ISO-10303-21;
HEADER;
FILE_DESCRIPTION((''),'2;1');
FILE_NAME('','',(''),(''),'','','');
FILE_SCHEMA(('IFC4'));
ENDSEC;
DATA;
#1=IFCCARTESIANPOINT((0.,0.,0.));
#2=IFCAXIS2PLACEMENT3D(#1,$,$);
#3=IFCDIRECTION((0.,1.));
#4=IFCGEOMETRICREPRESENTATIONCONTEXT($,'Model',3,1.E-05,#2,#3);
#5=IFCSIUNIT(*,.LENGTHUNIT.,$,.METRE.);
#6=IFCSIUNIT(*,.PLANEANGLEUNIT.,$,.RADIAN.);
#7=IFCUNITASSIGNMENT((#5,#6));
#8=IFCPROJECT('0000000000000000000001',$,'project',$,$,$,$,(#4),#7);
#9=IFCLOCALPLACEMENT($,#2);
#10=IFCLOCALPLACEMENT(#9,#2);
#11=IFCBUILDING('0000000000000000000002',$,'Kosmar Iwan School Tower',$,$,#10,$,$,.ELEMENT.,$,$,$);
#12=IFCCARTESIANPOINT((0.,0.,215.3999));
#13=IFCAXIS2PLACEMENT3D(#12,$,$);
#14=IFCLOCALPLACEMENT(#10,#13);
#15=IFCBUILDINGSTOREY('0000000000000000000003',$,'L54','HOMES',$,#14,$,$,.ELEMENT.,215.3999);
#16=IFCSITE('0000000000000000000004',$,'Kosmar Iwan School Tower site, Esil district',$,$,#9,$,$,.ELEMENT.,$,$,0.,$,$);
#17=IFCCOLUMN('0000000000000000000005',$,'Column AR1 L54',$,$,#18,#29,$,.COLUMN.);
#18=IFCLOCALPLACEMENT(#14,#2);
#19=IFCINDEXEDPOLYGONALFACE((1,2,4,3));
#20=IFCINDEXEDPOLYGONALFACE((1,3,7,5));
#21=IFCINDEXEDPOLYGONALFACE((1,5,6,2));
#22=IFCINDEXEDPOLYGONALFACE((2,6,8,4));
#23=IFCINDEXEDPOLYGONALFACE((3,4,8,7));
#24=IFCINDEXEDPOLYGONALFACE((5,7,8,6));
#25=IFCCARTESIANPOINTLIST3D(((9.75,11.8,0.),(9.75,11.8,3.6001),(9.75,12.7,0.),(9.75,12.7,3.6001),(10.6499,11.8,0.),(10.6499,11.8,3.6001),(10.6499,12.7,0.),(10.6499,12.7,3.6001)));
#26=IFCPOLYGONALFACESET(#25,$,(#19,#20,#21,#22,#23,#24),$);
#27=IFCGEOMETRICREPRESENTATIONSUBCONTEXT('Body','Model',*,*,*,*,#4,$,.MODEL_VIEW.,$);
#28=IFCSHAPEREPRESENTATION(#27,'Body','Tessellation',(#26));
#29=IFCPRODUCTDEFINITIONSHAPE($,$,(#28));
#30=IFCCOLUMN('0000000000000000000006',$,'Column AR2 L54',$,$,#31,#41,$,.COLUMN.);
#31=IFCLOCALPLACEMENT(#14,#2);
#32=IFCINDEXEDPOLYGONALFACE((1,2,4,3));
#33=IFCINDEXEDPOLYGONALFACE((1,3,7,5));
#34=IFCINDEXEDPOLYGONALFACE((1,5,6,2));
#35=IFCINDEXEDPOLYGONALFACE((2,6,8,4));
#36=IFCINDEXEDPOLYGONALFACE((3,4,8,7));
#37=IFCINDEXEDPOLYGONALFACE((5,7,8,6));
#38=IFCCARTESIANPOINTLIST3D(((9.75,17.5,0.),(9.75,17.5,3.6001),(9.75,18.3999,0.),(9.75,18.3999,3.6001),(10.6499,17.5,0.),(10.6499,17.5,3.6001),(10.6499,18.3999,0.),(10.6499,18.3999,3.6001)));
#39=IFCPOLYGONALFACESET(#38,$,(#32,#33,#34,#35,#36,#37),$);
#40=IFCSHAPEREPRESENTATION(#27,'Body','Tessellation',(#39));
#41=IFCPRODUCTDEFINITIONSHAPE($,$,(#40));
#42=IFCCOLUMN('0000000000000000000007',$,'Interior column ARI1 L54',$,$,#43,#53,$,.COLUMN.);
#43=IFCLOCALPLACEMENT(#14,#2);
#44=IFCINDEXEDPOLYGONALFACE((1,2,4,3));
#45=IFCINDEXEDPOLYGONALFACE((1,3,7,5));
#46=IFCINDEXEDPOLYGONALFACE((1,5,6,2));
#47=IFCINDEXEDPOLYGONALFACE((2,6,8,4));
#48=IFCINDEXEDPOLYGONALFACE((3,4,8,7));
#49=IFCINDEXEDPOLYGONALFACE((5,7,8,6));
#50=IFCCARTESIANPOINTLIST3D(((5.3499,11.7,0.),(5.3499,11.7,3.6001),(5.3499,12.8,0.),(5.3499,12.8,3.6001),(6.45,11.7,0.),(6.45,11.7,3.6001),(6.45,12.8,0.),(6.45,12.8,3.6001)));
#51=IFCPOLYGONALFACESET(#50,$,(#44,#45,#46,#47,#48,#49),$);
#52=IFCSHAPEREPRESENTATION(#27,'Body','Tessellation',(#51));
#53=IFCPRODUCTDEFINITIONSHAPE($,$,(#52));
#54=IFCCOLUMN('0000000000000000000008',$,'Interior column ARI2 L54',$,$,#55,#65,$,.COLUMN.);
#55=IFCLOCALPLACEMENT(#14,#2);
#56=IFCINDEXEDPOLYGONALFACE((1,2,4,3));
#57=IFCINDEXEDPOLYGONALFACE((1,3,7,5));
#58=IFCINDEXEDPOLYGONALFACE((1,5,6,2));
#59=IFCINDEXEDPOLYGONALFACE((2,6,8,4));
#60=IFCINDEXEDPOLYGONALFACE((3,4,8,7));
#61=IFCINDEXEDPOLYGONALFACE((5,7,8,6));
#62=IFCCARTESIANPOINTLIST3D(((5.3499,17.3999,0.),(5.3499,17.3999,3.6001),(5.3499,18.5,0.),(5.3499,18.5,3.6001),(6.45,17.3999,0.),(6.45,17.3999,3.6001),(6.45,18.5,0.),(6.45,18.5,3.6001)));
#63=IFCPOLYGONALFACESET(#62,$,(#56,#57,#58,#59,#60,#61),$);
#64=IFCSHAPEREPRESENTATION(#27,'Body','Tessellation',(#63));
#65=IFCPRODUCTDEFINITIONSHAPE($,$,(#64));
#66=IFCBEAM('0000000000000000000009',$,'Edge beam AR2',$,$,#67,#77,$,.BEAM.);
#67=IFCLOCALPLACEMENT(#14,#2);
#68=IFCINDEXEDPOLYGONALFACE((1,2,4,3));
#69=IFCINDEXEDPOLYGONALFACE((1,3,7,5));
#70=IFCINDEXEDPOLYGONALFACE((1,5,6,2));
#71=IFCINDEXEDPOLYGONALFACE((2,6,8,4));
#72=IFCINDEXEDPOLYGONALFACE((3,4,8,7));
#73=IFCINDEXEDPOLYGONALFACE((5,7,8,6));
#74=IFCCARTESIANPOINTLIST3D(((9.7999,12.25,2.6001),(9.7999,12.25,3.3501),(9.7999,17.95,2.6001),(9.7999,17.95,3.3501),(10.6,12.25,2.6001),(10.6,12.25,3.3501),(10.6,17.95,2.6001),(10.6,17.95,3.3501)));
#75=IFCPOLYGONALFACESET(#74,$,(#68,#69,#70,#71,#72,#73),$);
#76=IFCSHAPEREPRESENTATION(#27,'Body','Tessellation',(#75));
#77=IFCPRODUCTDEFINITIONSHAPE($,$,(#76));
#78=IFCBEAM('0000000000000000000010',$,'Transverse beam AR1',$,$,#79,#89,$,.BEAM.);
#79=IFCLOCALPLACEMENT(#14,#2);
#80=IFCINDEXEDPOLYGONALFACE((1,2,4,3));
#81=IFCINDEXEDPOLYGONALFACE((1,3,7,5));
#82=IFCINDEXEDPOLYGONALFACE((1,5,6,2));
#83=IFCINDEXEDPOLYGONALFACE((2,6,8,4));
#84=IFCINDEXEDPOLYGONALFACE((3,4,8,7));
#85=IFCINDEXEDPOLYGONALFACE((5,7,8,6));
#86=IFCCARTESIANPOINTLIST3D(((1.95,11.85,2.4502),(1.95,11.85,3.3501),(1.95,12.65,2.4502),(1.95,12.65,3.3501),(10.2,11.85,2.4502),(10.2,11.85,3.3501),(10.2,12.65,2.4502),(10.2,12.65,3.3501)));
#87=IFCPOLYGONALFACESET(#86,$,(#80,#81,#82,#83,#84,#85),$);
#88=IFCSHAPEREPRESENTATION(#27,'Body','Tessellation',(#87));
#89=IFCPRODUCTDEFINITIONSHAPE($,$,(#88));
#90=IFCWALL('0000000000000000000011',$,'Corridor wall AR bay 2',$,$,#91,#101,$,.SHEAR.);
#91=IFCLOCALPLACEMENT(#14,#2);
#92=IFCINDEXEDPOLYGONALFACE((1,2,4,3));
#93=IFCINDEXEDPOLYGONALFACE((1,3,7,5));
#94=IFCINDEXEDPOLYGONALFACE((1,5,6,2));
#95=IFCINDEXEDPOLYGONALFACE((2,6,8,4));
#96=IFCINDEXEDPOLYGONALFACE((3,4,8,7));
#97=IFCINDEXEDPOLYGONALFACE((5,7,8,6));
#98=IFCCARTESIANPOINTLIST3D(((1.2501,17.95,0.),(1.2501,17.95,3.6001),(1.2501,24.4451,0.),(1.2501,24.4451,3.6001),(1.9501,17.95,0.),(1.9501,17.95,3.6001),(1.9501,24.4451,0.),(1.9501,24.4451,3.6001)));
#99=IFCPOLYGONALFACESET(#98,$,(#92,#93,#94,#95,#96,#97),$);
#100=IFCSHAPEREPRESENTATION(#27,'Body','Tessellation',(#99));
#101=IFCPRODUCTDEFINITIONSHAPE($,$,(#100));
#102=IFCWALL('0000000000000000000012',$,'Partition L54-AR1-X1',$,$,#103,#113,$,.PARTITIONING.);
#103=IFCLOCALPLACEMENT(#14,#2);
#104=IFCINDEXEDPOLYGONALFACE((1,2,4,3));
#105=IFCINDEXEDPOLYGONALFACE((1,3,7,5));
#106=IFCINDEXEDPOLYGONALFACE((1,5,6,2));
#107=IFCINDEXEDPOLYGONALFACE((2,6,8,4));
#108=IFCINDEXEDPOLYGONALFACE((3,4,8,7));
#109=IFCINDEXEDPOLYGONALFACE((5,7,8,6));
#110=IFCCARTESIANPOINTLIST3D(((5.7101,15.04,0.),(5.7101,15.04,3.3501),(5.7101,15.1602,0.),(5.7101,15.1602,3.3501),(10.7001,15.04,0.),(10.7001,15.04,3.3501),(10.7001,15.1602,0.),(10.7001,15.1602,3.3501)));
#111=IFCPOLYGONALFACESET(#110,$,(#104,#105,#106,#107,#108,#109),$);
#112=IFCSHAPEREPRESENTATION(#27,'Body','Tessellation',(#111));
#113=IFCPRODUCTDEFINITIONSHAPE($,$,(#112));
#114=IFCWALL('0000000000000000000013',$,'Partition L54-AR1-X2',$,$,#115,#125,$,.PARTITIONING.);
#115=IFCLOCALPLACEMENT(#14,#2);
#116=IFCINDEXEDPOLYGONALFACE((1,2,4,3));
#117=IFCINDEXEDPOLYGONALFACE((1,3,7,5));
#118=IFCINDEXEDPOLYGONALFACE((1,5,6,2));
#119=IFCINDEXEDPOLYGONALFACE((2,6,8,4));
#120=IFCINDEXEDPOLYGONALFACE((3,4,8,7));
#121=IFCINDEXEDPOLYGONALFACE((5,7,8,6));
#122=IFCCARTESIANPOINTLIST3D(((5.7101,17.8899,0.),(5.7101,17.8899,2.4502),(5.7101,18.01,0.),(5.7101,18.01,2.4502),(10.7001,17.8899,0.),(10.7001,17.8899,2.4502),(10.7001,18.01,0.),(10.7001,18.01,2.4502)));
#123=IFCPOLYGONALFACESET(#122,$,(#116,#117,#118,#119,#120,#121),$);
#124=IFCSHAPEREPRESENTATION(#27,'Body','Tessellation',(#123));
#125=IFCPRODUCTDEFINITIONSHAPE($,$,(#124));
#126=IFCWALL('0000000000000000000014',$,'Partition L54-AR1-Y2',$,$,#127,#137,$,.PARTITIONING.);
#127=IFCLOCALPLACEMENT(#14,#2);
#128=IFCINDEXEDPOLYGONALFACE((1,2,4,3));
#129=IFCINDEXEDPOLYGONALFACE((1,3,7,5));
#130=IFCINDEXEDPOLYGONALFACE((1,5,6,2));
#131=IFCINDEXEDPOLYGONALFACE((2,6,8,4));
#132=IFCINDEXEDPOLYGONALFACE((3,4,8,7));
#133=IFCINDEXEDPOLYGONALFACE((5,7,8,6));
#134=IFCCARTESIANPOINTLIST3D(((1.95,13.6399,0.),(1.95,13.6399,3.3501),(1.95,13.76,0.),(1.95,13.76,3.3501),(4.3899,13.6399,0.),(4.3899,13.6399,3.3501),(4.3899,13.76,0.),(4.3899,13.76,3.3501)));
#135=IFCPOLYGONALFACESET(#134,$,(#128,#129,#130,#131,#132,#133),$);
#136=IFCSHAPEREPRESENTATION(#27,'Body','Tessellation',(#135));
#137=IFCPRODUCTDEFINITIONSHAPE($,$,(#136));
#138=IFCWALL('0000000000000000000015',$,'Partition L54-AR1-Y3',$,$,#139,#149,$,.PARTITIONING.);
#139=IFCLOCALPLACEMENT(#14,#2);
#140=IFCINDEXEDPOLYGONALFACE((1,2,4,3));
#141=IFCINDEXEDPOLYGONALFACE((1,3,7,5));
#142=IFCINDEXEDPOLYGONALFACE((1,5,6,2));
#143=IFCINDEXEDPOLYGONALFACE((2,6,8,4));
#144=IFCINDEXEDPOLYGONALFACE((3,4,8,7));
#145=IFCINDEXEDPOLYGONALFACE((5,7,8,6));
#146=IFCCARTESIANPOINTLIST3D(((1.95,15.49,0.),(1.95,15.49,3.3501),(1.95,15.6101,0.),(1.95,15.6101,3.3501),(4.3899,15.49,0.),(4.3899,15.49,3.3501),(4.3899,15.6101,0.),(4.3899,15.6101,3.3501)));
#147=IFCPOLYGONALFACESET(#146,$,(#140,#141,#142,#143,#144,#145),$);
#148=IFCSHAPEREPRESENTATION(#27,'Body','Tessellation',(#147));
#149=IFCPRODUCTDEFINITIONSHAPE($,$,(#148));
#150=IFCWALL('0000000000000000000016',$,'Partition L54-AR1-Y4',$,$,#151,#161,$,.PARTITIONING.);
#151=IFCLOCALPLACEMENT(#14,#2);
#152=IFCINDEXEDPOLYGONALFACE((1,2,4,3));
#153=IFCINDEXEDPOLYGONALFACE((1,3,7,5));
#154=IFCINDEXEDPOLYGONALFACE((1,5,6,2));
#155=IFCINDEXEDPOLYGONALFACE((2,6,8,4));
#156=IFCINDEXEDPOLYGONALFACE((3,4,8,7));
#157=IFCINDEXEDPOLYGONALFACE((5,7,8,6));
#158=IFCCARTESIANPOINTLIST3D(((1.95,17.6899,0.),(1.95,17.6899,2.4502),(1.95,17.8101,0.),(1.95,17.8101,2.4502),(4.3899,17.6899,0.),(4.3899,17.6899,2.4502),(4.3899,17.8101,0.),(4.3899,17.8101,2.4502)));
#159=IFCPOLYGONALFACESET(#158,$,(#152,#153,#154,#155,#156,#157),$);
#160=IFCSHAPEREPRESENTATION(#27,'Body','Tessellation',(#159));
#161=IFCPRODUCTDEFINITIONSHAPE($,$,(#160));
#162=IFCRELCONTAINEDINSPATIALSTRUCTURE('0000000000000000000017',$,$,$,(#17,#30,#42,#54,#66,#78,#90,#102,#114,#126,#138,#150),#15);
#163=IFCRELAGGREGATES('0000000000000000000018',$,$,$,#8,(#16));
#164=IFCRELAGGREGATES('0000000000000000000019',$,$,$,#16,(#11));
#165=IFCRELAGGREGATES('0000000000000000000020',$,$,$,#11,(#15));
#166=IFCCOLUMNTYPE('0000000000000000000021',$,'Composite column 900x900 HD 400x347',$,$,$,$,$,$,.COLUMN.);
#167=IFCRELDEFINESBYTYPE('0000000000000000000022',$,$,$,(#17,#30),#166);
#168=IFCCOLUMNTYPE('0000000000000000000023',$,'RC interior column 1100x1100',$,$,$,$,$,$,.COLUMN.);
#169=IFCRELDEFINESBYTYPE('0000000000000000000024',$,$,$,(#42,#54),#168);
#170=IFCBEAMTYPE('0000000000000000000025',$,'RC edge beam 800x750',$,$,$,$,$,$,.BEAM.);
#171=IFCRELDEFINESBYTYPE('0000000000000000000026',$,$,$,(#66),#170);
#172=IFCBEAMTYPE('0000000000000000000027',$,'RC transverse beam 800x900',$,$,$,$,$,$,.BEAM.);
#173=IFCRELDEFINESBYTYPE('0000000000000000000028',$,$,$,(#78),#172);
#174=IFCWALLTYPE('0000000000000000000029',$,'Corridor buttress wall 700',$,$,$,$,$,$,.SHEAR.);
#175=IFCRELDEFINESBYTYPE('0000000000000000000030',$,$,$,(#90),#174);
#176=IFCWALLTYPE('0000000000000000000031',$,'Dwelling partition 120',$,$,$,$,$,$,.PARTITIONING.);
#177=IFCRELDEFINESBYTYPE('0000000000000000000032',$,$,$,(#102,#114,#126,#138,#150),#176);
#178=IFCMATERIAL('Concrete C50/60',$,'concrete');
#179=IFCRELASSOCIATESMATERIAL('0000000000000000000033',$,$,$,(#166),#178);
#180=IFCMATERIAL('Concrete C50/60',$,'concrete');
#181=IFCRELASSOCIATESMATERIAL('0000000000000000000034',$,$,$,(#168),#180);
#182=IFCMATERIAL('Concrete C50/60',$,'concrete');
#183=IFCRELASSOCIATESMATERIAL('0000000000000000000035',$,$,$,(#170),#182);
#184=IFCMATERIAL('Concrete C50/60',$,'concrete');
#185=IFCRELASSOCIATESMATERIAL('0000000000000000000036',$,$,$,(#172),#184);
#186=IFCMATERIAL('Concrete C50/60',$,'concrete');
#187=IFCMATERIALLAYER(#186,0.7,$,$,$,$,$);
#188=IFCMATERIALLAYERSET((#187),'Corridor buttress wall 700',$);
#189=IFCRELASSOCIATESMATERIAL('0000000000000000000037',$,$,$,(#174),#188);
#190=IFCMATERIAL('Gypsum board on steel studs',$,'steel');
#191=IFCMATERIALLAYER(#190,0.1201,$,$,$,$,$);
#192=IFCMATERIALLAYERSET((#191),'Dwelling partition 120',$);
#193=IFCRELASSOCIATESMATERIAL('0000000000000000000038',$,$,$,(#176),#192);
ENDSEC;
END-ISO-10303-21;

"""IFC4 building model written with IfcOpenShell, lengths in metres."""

from ifc_helpers import new_model, si_unit, direction, frame, frame_2d, origin, origin_2d, place, context, subcontext, project, spatial, rectangle, extrude, material, layer, layer_set, material_profile, profile_set, type_object, element, save


model = new_model("IFC4")

# Units and contexts
model_context = context("Model", 3, precision=1e-05, world=origin(), true_north=direction((0.0, 1.0)))
body_context = subcontext(model_context, "Body", "Model", "MODEL_VIEW")
ifc_project = project(units=[si_unit("LENGTHUNIT", "METRE"), si_unit("PLANEANGLEUNIT", "RADIAN")], contexts=[model_context])

# Site, building, storey
site_placement = place(None, origin())
site = spatial("IfcSite", under=ifc_project, at=site_placement, Name="Kosmar Iwan School Tower site, Esil district", CompositionType="ELEMENT", RefElevation=0.0)
building_placement = place(site_placement, origin())
building = spatial("IfcBuilding", under=site, at=building_placement, Name="Kosmar Iwan School Tower", CompositionType="ELEMENT")
storey_placement = place(building_placement, frame((0.0, 0.0, 215.3999)))
storey = spatial("IfcBuildingStorey", under=building, at=storey_placement, Name="L54", Description="HOMES", CompositionType="ELEMENT", Elevation=215.3999)

# Columns
ifc_material_1 = material(Name="Concrete C50/60", Category="concrete")
ifc_material_profile_1 = material_profile(ifc_material_1, rectangle(XDim=0.8999, YDim=0.8999, at=origin_2d()), Name="RC 900x900 + HD 400x347")
ifc_profile_set_1 = profile_set([ifc_material_profile_1], Name="Concrete C50/60")
column_type_1 = type_object("IfcColumnType", Name="Composite column 900x900 HD 400x347", PredefinedType="COLUMN", material=ifc_profile_set_1)
for number, where, z_axis, x_axis, name in (
    (1, (10.2, 12.25, 0.0), (0.0, 0.0, 1.0), (0.0, 1.0, 0.0), "Column AR1 L54"),
    (2, (10.2, 17.95, 0.0), (0.0, 0.0, 1.0), (0.0, 1.0, 0.0), "Column AR2 L54"),
):
    element("IfcColumn", number, at=place(storey_placement, frame(where, z_axis=z_axis, x_axis=x_axis)), inside=storey, type_object=column_type_1, Name=name, PredefinedType="COLUMN", context=body_context, shape_type="SweptSolid", body=[
        extrude(rectangle(XDim=0.8999, YDim=0.8999, at=origin_2d()), origin(), (0.0, 0.0, 1.0), 3.6001),
    ])
ifc_material_2 = material(Name="Concrete C50/60", Category="concrete")
ifc_material_profile_2 = material_profile(ifc_material_2, rectangle(XDim=1.1001, YDim=1.1001, at=origin_2d()), Name="RC 1100x1100")
ifc_profile_set_2 = profile_set([ifc_material_profile_2], Name="Concrete C50/60")
column_type_2 = type_object("IfcColumnType", Name="RC interior column 1100x1100", PredefinedType="COLUMN", material=ifc_profile_set_2)
for number, where, z_axis, x_axis, name in (
    (3, (5.8999, 12.25, 0.0), (0.0, 0.0, 1.0), (0.0, 1.0, 0.0), "Interior column ARI1 L54"),
    (4, (5.8999, 17.95, 0.0), (0.0, 0.0, 1.0), (0.0, 1.0, 0.0), "Interior column ARI2 L54"),
):
    element("IfcColumn", number, at=place(storey_placement, frame(where, z_axis=z_axis, x_axis=x_axis)), inside=storey, type_object=column_type_2, Name=name, PredefinedType="COLUMN", context=body_context, shape_type="SweptSolid", body=[
        extrude(rectangle(XDim=1.1001, YDim=1.1001, at=origin_2d()), origin(), (0.0, 0.0, 1.0), 3.6001),
    ])

# Beams
ifc_material_3 = material(Name="Concrete C50/60", Category="concrete")
ifc_material_profile_3 = material_profile(ifc_material_3, rectangle(XDim=0.8, YDim=0.75, at=origin_2d()), Name="RC 800x750")
ifc_profile_set_3 = profile_set([ifc_material_profile_3], Name="Concrete C50/60")
beam_type_1 = type_object("IfcBeamType", Name="RC edge beam 800x750", PredefinedType="BEAM", material=ifc_profile_set_3)
beam_1_placement = place(storey_placement, frame((10.2, 12.25, 2.9751), z_axis=(0.0, 1.0, 0.0), x_axis=(-1.0, 0.0, 0.0)))
element("IfcBeam", 5, at=beam_1_placement, inside=storey, type_object=beam_type_1, Name="Edge beam AR2", PredefinedType="BEAM", context=body_context, shape_type="SweptSolid", body=[
    extrude(rectangle(XDim=0.8, YDim=0.75, at=origin_2d()), origin(), (0.0, 0.0, 1.0), 5.7),
])
ifc_material_4 = material(Name="Concrete C50/60", Category="concrete")
ifc_material_profile_4 = material_profile(ifc_material_4, rectangle(XDim=0.8, YDim=0.8999, at=origin_2d()), Name="RC 800x900")
ifc_profile_set_4 = profile_set([ifc_material_profile_4], Name="Concrete C50/60")
beam_type_2 = type_object("IfcBeamType", Name="RC transverse beam 800x900", PredefinedType="BEAM", material=ifc_profile_set_4)
beam_2_placement = place(storey_placement, frame((10.2, 12.25, 2.9001), z_axis=(-1.0, 0.0, 0.0), x_axis=(0.0, -1.0, 0.0)))
element("IfcBeam", 6, at=beam_2_placement, inside=storey, type_object=beam_type_2, Name="Transverse beam AR1", PredefinedType="BEAM", context=body_context, shape_type="SweptSolid", body=[
    extrude(rectangle(XDim=0.8, YDim=0.8999, at=origin_2d()), origin(), (0.0, 0.0, 1.0), 8.25),
])

# Walls
ifc_material_5 = material(Name="Concrete C50/60", Category="concrete")
ifc_layer_1 = layer(ifc_material_5, 0.7)
ifc_layer_set_1 = layer_set([ifc_layer_1], Name="Corridor buttress wall 700")
wall_type_1 = type_object("IfcWallType", Name="Corridor buttress wall 700", PredefinedType="SHEAR", material=ifc_layer_set_1)
wall_1_placement = place(storey_placement, frame((1.6001, 17.95, 0.0), z_axis=(0.0, 0.0, 1.0), x_axis=(0.0, 1.0, 0.0)))
element("IfcWall", 7, at=wall_1_placement, inside=storey, type_object=wall_type_1, Name="Corridor wall AR bay 2", PredefinedType="SHEAR", context=body_context, shape_type="SweptSolid", body=[
    extrude(rectangle(XDim=6.4951, YDim=0.7, at=frame_2d((3.2476, 0.0))), origin(), (0.0, 0.0, 1.0), 3.6001),
])
ifc_material_6 = material(Name="Gypsum board on steel studs", Category="steel")
ifc_layer_2 = layer(ifc_material_6, 0.1201)
ifc_layer_set_2 = layer_set([ifc_layer_2], Name="Dwelling partition 120")
wall_type_2 = type_object("IfcWallType", Name="Dwelling partition 120", PredefinedType="PARTITIONING", material=ifc_layer_set_2)
wall_2_placement = place(storey_placement, frame((5.71, 15.1001, 0.0), z_axis=(0.0, 0.0, 1.0), x_axis=(1.0, 0.0, 0.0)))
element("IfcWall", 8, at=wall_2_placement, inside=storey, type_object=wall_type_2, Name="Partition L54-AR1-X1", PredefinedType="PARTITIONING", context=body_context, shape_type="SweptSolid", body=[
    extrude(rectangle(XDim=4.99, YDim=0.1201, at=frame_2d((2.4951, 0.0))), origin(), (0.0, 0.0, 1.0), 3.3501),
])
wall_3_placement = place(storey_placement, frame((5.71, 17.95, 0.0), z_axis=(0.0, 0.0, 1.0), x_axis=(1.0, 0.0, 0.0)))
element("IfcWall", 9, at=wall_3_placement, inside=storey, type_object=wall_type_2, Name="Partition L54-AR1-X2", PredefinedType="PARTITIONING", context=body_context, shape_type="SweptSolid", body=[
    extrude(rectangle(XDim=4.99, YDim=0.1201, at=frame_2d((2.4951, 0.0))), origin(), (0.0, 0.0, 1.0), 2.4502),
])
for number, where, z_axis, x_axis, name in (
    (10, (1.95, 13.7, 0.0), (0.0, 0.0, 1.0), (1.0, 0.0, 0.0), "Partition L54-AR1-Y2"),
    (11, (1.95, 15.55, 0.0), (0.0, 0.0, 1.0), (1.0, 0.0, 0.0), "Partition L54-AR1-Y3"),
):
    element("IfcWall", number, at=place(storey_placement, frame(where, z_axis=z_axis, x_axis=x_axis)), inside=storey, type_object=wall_type_2, Name=name, PredefinedType="PARTITIONING", context=body_context, shape_type="SweptSolid", body=[
        extrude(rectangle(XDim=2.4399, YDim=0.1201, at=frame_2d((1.22, 0.0))), origin(), (0.0, 0.0, 1.0), 3.3501),
    ])
wall_4_placement = place(storey_placement, frame((1.95, 17.75, 0.0), z_axis=(0.0, 0.0, 1.0), x_axis=(1.0, 0.0, 0.0)))
element("IfcWall", 12, at=wall_4_placement, inside=storey, type_object=wall_type_2, Name="Partition L54-AR1-Y4", PredefinedType="PARTITIONING", context=body_context, shape_type="SweptSolid", body=[
    extrude(rectangle(XDim=2.4399, YDim=0.1201, at=frame_2d((1.22, 0.0))), origin(), (0.0, 0.0, 1.0), 2.4502),
])

save(model, "model.ifc")
